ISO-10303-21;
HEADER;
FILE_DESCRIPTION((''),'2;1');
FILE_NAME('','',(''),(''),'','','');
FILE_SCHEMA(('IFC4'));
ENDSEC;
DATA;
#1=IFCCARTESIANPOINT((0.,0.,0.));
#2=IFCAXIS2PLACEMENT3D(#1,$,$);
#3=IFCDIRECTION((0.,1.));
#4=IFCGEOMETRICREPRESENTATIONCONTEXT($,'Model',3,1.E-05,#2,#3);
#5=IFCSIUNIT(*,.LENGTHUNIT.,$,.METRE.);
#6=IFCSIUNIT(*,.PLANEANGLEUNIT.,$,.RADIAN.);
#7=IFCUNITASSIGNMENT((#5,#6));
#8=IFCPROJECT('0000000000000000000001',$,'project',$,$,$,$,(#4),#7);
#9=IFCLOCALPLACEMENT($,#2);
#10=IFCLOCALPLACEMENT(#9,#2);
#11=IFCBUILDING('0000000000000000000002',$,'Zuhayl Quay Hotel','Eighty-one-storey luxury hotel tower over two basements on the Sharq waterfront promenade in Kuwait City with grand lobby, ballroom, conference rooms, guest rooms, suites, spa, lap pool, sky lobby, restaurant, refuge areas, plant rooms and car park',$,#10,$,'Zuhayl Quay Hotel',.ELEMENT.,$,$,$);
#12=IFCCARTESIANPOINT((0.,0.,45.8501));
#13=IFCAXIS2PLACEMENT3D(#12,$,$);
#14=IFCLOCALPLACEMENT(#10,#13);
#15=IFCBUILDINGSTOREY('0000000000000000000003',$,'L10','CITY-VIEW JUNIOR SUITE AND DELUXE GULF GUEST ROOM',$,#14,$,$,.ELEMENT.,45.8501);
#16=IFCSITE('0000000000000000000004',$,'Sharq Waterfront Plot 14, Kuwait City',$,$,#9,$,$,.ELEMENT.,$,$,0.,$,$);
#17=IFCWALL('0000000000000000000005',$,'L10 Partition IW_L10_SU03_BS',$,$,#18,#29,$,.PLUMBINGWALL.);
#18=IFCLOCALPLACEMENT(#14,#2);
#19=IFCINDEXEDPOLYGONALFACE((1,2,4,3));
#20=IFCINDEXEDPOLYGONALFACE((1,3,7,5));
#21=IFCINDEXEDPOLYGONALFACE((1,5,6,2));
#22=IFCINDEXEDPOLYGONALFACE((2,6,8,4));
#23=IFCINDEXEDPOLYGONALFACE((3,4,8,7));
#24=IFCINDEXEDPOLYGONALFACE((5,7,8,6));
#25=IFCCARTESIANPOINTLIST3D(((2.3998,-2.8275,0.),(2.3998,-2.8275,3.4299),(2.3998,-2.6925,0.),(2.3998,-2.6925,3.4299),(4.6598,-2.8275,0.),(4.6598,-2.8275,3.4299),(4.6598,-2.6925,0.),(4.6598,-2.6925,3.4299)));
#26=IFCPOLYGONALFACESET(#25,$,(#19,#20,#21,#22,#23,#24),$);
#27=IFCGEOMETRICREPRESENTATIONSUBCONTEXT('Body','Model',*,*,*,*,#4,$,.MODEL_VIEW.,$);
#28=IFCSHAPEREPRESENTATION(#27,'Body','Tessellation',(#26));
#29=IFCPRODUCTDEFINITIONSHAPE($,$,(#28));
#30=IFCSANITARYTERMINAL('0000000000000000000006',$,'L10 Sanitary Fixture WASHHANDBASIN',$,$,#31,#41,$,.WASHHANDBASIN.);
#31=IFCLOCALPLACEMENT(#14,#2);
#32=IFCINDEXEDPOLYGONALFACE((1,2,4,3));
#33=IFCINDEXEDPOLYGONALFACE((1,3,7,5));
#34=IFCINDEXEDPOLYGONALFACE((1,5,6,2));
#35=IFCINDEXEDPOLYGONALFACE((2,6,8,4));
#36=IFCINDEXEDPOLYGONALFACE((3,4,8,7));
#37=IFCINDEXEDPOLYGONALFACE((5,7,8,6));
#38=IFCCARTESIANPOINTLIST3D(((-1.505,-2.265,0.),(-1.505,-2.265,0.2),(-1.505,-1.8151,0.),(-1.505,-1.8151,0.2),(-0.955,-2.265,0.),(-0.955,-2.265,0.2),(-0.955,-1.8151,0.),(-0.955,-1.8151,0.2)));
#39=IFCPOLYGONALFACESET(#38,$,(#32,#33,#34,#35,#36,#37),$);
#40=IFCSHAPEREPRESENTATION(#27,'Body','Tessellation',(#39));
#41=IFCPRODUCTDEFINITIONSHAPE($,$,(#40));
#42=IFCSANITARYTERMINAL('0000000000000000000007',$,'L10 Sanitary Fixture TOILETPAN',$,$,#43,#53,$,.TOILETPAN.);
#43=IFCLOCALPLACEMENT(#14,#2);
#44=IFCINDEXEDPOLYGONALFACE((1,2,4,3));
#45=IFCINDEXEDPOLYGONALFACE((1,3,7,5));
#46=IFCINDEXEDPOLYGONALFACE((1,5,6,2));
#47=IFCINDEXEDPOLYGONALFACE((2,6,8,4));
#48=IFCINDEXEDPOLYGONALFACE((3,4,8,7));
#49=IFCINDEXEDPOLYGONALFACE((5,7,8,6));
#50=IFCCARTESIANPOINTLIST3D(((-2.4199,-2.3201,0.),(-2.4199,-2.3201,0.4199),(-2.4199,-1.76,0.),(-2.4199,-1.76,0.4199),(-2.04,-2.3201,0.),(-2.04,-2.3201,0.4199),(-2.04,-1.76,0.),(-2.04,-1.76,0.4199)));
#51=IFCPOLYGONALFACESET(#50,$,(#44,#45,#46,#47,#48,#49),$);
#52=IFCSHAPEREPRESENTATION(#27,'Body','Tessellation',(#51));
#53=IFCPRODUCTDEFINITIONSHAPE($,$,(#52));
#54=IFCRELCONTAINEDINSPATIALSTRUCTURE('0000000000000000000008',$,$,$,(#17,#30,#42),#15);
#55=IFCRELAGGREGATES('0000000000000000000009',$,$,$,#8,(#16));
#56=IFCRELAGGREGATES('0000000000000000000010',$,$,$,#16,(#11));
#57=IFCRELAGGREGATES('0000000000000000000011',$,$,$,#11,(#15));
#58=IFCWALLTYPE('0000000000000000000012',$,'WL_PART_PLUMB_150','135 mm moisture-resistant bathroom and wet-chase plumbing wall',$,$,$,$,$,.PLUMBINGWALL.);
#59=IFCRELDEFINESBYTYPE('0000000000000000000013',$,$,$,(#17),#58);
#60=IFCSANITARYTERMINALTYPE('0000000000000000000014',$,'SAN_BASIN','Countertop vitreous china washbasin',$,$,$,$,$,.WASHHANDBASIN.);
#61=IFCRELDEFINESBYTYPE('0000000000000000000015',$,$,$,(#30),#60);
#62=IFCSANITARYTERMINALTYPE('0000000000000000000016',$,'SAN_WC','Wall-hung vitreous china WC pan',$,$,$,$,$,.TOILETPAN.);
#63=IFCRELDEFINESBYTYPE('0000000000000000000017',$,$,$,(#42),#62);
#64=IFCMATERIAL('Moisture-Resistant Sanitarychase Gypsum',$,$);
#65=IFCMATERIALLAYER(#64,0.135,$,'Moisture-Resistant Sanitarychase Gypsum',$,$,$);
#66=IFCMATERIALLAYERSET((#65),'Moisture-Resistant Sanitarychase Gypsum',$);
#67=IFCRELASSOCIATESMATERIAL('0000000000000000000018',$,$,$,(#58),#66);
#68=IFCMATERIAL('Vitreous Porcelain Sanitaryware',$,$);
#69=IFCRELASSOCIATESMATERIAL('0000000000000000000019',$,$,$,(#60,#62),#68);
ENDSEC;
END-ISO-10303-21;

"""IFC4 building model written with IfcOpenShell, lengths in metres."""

from ifc_helpers import new_model, si_unit, direction, frame, frame_2d, origin, origin_2d, place, context, subcontext, project, spatial, rectangle, extrude, material, layer, layer_set, type_object, element, save


model = new_model("IFC4")

# Units and contexts
model_context = context("Model", 3, precision=1e-05, world=origin(), true_north=direction((0.0, 1.0)))
body_context = subcontext(model_context, "Body", "Model", "MODEL_VIEW")
ifc_project = project(units=[si_unit("LENGTHUNIT", "METRE"), si_unit("PLANEANGLEUNIT", "RADIAN")], contexts=[model_context])

# Site, building, storey
site_placement = place(None, origin())
site = spatial("IfcSite", under=ifc_project, at=site_placement, Name="Sharq Waterfront Plot 14, Kuwait City", CompositionType="ELEMENT", RefElevation=0.0)
building_placement = place(site_placement, origin())
building = spatial("IfcBuilding", under=site, at=building_placement, Name="Zuhayl Quay Hotel", Description="Eighty-one-storey luxury hotel tower over two basements on the Sharq waterfront promenade in Kuwait City with grand lobby, ballroom, conference rooms, guest rooms, suites, spa, lap pool, sky lobby, restaurant, refuge areas, plant rooms and car park", LongName="Zuhayl Quay Hotel", CompositionType="ELEMENT")
storey_placement = place(building_placement, frame((0.0, 0.0, 45.8501)))
storey = spatial("IfcBuildingStorey", under=building, at=storey_placement, Name="L10", Description="CITY-VIEW JUNIOR SUITE AND DELUXE GULF GUEST ROOM", CompositionType="ELEMENT", Elevation=45.8501)

# Shared definitions
ifc_material_1 = material(Name="Moisture-Resistant Sanitarychase Gypsum")
ifc_layer_1 = layer(ifc_material_1, 0.135, Name="Moisture-Resistant Sanitarychase Gypsum")
ifc_layer_set_1 = layer_set([ifc_layer_1], Name="Moisture-Resistant Sanitarychase Gypsum")
wall_type_1 = type_object("IfcWallType", Name="WL_PART_PLUMB_150", Description="135 mm moisture-resistant bathroom and wet-chase plumbing wall", PredefinedType="PLUMBINGWALL", material=ifc_layer_set_1)

# Wall
for number, where, z_axis, x_axis, name in (
    (1, (2.3999, -2.76, 0.0), (0.0, 0.0, 1.0), (1.0, 0.0, 0.0), "L10 Partition IW_L10_SU03_BS"),
):
    element("IfcWall", number, at=place(storey_placement, frame(where, z_axis=z_axis, x_axis=x_axis)), inside=storey, type_object=wall_type_1, Name=name, PredefinedType="PLUMBINGWALL", context=body_context, shape_type="SweptSolid", body=[
        extrude(rectangle(XDim=2.26, YDim=0.135, at=frame_2d((1.1299, 0.0))), origin(), (0.0, 0.0, 1.0), 3.4299),
    ])

# Sanitary terminals
ifc_material_2 = material(Name="Vitreous Porcelain Sanitaryware")
sanitary_terminal_type_1 = type_object("IfcSanitaryTerminalType", Name="SAN_BASIN", Description="Countertop vitreous china washbasin", PredefinedType="WASHHANDBASIN", material=ifc_material_2)
sanitary_terminal_1_placement = place(storey_placement, frame((-1.23, -2.04, 0.0), z_axis=(0.0, 0.0, 1.0), x_axis=(1.0, 0.0, 0.0)))
element("IfcSanitaryTerminal", 2, at=sanitary_terminal_1_placement, inside=storey, type_object=sanitary_terminal_type_1, Name="L10 Sanitary Fixture WASHHANDBASIN", PredefinedType="WASHHANDBASIN", context=body_context, shape_type="SweptSolid", body=[
    extrude(rectangle(XDim=0.55, YDim=0.45, at=origin_2d()), origin(), (0.0, 0.0, 1.0), 0.2),
])
sanitary_terminal_type_2 = type_object("IfcSanitaryTerminalType", Name="SAN_WC", Description="Wall-hung vitreous china WC pan", PredefinedType="TOILETPAN", material=ifc_material_2)
sanitary_terminal_2_placement = place(storey_placement, frame((-2.23, -2.04, 0.0), z_axis=(0.0, 0.0, 1.0), x_axis=(1.0, 0.0, 0.0)))
element("IfcSanitaryTerminal", 3, at=sanitary_terminal_2_placement, inside=storey, type_object=sanitary_terminal_type_2, Name="L10 Sanitary Fixture TOILETPAN", PredefinedType="TOILETPAN", context=body_context, shape_type="SweptSolid", body=[
    extrude(rectangle(XDim=0.3799, YDim=0.5601, at=origin_2d()), origin(), (0.0, 0.0, 1.0), 0.4199),
])

save(model, "model.ifc")
